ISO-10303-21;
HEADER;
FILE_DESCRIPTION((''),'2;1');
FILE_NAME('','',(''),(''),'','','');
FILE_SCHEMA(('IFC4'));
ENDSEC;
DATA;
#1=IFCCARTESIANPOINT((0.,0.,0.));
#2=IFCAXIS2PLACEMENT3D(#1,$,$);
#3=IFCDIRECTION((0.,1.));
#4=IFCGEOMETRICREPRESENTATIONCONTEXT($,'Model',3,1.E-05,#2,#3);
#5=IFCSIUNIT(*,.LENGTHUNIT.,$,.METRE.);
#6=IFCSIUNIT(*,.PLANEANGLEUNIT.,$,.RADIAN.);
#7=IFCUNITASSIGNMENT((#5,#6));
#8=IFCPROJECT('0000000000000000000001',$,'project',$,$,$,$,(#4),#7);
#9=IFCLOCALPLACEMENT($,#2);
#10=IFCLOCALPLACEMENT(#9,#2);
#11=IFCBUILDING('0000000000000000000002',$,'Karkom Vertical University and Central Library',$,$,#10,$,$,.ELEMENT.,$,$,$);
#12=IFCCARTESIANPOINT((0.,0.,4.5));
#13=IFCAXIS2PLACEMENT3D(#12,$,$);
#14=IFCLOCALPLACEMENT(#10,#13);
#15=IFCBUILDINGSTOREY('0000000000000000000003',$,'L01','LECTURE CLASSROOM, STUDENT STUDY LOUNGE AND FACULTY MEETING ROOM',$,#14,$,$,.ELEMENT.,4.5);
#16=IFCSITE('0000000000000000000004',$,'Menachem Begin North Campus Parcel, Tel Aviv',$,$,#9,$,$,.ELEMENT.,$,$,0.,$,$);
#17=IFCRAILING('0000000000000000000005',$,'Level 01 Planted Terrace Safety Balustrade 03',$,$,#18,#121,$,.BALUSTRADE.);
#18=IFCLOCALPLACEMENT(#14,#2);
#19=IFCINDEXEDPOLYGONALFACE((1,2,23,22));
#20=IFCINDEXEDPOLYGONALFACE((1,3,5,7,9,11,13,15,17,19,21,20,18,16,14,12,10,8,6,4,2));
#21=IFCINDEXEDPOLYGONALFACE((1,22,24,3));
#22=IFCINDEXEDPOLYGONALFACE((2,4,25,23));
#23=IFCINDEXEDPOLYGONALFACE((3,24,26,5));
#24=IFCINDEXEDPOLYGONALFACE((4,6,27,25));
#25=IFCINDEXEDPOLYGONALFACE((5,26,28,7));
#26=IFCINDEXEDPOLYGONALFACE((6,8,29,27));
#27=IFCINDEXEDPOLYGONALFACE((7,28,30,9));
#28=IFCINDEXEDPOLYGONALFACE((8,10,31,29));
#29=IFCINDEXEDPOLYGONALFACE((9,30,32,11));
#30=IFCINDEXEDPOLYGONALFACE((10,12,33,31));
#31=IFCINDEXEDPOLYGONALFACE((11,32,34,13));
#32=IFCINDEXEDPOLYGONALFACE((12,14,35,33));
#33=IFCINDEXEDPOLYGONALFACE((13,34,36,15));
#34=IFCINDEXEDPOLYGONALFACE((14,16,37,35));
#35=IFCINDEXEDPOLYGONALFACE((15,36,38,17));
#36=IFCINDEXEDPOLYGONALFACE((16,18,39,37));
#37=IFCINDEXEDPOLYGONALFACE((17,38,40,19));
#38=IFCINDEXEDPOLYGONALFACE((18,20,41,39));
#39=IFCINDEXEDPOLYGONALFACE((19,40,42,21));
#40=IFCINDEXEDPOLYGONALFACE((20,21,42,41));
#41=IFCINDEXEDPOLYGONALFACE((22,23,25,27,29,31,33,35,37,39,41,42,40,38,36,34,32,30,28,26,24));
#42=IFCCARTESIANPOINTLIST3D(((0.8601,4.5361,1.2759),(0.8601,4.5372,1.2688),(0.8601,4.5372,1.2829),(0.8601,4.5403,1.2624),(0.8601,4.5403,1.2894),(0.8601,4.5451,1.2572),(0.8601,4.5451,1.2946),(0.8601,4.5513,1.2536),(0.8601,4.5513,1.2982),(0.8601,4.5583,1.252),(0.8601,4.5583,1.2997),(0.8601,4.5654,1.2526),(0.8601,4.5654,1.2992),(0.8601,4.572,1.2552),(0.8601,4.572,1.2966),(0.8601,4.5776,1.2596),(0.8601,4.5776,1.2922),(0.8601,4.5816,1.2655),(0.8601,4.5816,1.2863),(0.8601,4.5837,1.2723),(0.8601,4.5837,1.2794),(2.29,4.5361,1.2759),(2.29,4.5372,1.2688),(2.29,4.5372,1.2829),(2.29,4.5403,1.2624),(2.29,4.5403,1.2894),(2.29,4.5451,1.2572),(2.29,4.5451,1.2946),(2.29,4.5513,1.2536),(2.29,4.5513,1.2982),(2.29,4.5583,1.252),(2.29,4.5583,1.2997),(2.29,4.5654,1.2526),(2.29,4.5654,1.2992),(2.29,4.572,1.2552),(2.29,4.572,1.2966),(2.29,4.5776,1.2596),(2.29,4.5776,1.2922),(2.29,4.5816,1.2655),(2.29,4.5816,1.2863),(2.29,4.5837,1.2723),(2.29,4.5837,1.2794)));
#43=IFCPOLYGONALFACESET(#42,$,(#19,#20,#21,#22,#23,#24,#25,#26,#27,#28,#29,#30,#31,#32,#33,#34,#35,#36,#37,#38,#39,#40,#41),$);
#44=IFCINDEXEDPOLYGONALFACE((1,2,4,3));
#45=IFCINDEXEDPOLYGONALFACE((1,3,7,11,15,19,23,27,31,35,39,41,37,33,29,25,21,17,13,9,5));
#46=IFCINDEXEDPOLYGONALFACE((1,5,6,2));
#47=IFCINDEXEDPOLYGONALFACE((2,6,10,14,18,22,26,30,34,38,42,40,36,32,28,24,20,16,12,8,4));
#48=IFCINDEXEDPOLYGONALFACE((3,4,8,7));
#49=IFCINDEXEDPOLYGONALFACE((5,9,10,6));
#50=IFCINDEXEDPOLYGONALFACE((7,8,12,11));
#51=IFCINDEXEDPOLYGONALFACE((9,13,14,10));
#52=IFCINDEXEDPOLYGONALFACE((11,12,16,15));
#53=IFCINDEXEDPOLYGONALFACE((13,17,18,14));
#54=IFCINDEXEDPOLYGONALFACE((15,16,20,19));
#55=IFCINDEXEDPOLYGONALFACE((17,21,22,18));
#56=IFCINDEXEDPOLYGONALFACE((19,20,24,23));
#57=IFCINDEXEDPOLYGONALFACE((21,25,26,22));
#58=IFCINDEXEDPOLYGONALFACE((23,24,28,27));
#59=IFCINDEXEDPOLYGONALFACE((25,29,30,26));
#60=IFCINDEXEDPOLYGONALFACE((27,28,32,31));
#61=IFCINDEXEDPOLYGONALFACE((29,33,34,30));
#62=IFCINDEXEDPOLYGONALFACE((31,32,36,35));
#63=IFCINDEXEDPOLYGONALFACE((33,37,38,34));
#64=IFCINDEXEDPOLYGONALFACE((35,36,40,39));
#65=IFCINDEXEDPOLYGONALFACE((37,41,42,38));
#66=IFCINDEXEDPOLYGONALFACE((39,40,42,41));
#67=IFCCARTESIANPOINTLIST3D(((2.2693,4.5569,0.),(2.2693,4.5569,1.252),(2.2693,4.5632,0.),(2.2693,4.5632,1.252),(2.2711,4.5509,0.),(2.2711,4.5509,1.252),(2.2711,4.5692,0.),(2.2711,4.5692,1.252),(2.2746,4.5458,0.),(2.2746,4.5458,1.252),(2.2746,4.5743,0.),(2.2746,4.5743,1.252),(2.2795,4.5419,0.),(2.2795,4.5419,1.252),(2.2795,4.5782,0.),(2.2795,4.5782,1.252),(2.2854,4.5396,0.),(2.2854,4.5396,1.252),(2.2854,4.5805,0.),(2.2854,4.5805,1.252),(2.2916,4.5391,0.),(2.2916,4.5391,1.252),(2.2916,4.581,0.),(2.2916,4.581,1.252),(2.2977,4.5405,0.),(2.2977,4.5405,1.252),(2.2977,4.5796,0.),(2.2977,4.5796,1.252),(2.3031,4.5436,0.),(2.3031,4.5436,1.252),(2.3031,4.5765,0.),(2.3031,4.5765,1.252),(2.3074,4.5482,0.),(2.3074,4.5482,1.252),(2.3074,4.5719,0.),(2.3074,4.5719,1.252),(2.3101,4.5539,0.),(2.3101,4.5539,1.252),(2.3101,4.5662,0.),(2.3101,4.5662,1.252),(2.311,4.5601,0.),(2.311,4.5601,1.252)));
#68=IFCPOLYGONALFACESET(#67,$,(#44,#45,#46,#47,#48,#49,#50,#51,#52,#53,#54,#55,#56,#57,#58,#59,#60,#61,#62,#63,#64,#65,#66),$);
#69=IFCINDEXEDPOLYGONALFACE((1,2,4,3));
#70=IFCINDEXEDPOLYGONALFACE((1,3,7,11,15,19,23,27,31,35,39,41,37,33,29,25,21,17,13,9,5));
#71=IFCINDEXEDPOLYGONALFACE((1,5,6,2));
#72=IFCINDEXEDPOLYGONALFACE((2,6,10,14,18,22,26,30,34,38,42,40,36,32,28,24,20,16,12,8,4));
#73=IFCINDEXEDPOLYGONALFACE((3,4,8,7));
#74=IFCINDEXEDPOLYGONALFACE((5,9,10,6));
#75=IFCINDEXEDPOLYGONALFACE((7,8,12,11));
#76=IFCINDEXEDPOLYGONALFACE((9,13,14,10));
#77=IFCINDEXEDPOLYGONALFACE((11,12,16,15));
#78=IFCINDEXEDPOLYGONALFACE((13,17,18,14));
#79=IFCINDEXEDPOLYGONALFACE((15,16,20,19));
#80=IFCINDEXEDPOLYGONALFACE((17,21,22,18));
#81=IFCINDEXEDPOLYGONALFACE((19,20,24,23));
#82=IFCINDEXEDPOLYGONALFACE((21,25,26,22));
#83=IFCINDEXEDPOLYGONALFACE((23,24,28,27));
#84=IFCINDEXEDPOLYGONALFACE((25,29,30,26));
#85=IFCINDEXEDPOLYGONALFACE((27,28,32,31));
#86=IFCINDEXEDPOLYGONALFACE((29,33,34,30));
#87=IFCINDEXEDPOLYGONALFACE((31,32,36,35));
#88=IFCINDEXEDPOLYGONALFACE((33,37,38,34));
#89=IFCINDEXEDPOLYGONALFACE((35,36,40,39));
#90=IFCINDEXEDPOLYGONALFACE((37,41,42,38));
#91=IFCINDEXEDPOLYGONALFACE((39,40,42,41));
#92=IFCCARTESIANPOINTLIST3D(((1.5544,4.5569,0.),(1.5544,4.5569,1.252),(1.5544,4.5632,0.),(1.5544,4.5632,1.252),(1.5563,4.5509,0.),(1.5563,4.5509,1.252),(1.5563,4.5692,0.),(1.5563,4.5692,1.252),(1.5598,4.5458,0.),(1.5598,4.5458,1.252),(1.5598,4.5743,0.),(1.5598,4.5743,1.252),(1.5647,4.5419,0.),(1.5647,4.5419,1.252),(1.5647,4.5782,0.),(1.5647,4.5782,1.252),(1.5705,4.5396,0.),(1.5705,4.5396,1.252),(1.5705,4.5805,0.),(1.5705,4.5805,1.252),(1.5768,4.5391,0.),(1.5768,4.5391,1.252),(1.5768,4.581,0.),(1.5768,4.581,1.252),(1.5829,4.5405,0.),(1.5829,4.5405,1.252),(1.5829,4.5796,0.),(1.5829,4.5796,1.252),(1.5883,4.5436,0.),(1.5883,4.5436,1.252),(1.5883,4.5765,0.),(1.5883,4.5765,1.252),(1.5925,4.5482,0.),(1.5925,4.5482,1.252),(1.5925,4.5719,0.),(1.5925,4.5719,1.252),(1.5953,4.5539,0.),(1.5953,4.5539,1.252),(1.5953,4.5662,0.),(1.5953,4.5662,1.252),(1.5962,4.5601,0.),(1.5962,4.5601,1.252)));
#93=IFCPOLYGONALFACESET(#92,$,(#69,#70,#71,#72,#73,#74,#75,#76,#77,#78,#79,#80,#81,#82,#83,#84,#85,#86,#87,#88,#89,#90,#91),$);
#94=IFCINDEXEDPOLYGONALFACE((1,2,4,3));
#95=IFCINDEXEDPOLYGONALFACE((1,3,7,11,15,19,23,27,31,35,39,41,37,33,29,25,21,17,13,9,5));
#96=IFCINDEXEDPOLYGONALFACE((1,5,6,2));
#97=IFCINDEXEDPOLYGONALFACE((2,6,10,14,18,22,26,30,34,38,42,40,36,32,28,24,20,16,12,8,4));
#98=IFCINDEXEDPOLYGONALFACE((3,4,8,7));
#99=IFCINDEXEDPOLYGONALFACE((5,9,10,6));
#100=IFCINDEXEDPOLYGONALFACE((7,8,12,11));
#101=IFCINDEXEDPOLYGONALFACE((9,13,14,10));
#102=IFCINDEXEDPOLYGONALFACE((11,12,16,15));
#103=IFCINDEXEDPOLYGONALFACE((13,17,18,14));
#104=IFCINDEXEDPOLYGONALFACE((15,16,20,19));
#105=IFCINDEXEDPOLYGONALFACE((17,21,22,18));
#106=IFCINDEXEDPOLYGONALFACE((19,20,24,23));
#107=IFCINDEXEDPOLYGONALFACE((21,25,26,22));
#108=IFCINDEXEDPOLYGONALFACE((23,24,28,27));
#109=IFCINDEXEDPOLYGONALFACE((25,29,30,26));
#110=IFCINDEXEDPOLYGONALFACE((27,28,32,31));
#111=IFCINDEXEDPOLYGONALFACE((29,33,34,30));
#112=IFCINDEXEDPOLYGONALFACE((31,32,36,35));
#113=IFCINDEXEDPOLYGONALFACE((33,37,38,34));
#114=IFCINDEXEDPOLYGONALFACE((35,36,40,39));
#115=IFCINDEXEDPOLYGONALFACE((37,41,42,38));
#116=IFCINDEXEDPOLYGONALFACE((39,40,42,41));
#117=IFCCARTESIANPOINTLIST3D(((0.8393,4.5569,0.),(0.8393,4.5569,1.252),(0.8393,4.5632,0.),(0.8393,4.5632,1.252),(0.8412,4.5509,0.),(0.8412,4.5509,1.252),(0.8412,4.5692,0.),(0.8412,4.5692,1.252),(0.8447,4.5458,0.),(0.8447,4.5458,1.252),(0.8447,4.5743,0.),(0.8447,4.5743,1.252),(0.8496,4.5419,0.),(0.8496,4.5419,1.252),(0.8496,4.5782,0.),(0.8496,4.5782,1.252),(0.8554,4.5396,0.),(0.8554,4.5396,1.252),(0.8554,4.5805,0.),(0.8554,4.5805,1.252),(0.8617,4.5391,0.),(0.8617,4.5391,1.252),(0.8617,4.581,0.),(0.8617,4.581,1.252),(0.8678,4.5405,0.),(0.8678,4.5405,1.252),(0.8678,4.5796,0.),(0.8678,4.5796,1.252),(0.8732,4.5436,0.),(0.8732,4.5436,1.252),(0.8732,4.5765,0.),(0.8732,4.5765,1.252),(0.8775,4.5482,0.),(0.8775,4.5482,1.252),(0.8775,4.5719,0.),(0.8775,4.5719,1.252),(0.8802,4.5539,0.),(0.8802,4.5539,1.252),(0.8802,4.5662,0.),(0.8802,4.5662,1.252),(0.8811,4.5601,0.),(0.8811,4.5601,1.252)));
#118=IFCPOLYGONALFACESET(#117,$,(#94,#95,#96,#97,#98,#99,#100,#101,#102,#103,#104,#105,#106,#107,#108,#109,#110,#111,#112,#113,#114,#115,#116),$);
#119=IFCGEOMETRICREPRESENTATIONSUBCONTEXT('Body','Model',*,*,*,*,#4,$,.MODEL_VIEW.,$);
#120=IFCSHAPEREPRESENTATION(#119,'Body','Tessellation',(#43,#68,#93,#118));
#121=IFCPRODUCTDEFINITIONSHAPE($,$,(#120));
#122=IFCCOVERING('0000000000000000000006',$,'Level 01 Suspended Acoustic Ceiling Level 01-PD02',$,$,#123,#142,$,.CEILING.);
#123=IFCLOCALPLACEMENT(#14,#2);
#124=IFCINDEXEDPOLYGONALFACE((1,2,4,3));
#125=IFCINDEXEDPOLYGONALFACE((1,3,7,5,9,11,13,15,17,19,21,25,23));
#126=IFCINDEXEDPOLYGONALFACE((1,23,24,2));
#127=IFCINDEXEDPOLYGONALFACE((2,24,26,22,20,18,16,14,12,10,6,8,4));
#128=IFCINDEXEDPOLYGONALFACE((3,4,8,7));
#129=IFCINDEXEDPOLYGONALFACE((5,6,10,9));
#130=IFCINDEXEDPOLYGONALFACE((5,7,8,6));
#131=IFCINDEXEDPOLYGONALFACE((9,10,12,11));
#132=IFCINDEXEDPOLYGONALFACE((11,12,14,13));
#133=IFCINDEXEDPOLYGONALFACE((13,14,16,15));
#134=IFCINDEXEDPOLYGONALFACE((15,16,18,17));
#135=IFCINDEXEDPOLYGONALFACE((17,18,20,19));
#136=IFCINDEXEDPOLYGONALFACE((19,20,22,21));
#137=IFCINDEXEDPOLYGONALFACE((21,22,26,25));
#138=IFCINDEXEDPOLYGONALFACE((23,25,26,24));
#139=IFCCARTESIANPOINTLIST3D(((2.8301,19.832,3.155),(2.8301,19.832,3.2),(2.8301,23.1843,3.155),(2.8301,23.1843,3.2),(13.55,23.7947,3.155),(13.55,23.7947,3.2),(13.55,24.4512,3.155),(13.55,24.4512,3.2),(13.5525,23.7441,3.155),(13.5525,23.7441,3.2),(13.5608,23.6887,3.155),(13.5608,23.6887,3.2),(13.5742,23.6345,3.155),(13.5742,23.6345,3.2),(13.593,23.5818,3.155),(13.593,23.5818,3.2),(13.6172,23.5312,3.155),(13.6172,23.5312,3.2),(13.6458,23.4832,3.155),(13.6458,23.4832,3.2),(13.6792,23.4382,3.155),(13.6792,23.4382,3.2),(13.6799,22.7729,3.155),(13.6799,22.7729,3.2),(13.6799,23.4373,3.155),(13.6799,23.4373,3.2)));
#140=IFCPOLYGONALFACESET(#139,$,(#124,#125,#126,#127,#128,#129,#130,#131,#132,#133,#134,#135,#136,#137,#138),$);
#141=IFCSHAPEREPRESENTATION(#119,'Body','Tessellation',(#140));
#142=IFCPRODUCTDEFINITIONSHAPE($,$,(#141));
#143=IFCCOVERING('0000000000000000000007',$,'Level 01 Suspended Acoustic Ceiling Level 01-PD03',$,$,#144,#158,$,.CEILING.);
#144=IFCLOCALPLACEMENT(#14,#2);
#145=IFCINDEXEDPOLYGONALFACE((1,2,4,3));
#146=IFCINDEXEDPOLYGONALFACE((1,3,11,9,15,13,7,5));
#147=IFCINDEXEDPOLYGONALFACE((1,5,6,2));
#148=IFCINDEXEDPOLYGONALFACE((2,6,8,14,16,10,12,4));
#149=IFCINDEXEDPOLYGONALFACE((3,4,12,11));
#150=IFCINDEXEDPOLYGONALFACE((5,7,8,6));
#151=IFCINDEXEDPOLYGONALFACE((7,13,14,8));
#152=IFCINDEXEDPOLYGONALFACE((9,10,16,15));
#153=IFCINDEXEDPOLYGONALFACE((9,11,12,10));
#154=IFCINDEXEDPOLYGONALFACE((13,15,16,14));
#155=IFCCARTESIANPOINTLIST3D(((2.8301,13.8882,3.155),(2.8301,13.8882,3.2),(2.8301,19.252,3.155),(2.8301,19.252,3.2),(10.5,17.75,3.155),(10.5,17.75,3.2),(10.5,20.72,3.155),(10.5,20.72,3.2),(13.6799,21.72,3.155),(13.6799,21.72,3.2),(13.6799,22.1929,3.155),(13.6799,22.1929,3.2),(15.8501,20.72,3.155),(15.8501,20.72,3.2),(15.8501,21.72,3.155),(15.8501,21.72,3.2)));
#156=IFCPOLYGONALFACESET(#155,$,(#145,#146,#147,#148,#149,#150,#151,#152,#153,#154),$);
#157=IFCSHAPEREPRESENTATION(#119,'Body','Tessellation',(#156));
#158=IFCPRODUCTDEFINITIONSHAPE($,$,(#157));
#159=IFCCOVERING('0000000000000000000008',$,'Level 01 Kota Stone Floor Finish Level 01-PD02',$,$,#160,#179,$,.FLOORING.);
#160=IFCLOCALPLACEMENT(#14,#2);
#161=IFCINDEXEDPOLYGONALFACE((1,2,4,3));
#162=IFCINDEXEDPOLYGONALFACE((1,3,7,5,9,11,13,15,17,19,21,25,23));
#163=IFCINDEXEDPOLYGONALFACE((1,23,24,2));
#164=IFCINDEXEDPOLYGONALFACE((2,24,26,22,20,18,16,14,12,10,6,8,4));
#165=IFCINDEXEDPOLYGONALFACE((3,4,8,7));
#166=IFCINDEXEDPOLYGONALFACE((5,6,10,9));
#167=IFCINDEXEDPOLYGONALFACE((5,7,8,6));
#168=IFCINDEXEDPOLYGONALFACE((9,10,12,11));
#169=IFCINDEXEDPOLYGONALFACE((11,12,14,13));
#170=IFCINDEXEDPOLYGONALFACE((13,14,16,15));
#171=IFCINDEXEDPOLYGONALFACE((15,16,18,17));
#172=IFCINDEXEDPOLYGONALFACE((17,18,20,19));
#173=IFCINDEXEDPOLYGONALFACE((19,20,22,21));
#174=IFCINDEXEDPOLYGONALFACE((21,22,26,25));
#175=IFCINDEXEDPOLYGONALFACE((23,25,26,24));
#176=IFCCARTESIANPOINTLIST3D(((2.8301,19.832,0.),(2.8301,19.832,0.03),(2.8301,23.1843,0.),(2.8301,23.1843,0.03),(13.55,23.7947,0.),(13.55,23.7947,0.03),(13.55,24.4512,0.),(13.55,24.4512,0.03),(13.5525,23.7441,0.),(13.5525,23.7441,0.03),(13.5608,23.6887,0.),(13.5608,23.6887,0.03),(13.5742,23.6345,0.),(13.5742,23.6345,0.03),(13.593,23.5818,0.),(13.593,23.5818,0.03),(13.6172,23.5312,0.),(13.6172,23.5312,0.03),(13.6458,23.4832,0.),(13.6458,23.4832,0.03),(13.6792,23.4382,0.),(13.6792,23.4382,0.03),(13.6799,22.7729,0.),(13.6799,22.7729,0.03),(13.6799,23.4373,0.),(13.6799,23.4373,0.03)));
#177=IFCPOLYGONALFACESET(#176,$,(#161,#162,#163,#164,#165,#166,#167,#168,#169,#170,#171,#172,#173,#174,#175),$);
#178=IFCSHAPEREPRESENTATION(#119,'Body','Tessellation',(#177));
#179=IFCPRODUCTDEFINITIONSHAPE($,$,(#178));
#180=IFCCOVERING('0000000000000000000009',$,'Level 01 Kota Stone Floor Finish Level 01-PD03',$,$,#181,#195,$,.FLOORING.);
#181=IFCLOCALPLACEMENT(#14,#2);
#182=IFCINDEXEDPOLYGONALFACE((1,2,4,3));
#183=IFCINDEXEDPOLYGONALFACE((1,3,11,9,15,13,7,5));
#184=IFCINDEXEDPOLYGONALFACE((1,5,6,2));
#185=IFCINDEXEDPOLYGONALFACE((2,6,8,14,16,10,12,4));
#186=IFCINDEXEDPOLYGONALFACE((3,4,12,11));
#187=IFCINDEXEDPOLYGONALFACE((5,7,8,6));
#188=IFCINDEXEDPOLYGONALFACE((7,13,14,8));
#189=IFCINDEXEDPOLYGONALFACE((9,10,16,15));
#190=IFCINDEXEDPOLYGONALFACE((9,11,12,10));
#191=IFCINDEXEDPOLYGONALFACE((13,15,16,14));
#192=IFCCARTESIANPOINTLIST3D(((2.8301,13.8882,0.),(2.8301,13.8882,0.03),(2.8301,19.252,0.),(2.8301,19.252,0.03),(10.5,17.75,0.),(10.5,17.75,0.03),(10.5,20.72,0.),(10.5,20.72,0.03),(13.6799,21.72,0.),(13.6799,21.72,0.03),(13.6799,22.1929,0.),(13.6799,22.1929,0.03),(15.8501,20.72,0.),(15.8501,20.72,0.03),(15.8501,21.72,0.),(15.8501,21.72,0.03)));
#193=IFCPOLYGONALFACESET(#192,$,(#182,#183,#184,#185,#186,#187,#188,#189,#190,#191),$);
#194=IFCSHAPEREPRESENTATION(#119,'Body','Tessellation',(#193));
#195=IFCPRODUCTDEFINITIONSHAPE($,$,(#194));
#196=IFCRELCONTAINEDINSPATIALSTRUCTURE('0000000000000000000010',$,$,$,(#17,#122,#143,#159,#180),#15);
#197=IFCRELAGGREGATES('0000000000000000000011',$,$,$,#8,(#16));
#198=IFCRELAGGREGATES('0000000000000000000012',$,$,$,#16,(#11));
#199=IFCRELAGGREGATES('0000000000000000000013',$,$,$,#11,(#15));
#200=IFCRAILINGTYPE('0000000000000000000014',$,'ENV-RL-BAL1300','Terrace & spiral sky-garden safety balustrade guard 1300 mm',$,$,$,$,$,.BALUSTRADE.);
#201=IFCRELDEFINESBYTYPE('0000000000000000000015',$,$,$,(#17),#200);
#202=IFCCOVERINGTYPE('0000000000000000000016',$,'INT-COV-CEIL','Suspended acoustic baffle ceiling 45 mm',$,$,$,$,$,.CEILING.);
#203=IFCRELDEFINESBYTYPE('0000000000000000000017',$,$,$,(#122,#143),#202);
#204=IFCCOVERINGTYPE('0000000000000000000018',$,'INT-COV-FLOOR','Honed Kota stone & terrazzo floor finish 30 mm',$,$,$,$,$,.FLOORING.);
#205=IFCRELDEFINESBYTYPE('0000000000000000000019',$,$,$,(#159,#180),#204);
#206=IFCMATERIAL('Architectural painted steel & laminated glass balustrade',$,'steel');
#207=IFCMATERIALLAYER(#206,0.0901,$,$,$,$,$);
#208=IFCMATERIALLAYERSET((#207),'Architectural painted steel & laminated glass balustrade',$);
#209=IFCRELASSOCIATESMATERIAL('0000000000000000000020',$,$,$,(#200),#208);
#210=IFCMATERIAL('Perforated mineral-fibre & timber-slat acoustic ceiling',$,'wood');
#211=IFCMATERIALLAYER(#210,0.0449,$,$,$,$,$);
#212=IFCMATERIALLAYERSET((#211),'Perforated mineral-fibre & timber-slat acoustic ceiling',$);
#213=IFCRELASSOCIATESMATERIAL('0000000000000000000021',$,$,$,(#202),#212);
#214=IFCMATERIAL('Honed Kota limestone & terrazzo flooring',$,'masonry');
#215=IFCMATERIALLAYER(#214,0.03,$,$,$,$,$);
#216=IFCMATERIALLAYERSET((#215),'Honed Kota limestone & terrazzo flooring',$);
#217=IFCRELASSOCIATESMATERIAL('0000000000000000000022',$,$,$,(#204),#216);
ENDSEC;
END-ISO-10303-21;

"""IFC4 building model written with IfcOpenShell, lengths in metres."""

from ifc_helpers import new_model, si_unit, direction, frame, origin, origin_2d, place, context, subcontext, project, spatial, polyline, circle, outline, extrude, material, layer, layer_set, type_object, element, save


model = new_model("IFC4")

# Units and contexts
model_context = context("Model", 3, precision=1e-05, world=origin(), true_north=direction((0.0, 1.0)))
body_context = subcontext(model_context, "Body", "Model", "MODEL_VIEW")
ifc_project = project(units=[si_unit("LENGTHUNIT", "METRE"), si_unit("PLANEANGLEUNIT", "RADIAN")], contexts=[model_context])

# Site, building, storey
site_placement = place(None, origin())
site = spatial("IfcSite", under=ifc_project, at=site_placement, Name="Menachem Begin North Campus Parcel, Tel Aviv", CompositionType="ELEMENT", RefElevation=0.0)
building_placement = place(site_placement, origin())
building = spatial("IfcBuilding", under=site, at=building_placement, Name="Karkom Vertical University and Central Library", CompositionType="ELEMENT")
storey_placement = place(building_placement, frame((0.0, 0.0, 4.5)))
storey = spatial("IfcBuildingStorey", under=building, at=storey_placement, Name="L01", Description="LECTURE CLASSROOM, STUDENT STUDY LOUNGE AND FACULTY MEETING ROOM", CompositionType="ELEMENT", Elevation=4.5)

# Railing
ifc_material_1 = material(Name="Architectural painted steel & laminated glass balustrade", Category="steel")
ifc_layer_1 = layer(ifc_material_1, 0.0901)
ifc_layer_set_1 = layer_set([ifc_layer_1], Name="Architectural painted steel & laminated glass balustrade")
railing_type = type_object("IfcRailingType", Name="ENV-RL-BAL1300", Description="Terrace & spiral sky-garden safety balustrade guard 1300 mm", PredefinedType="BALUSTRADE", material=ifc_layer_set_1)
railing_1_placement = place(storey_placement, frame((2.29, 4.5601, 0.0)))
element("IfcRailing", 1, at=railing_1_placement, inside=storey, type_object=railing_type, Name="Level 01 Planted Terrace Safety Balustrade 03", PredefinedType="BALUSTRADE", context=body_context, shape_type="SweptSolid", body=[
    extrude(circle(Radius=0.0239, at=origin_2d()), frame((0.0, 0.0, 1.2759), z_axis=(-1.0, 0.0, 0.0), x_axis=(0.0, -1.0, 0.0)), (0.0, 0.0, 1.0), 1.4299),
    extrude(circle(Radius=0.021, at=origin_2d()), origin(), (0.0, 0.0, 1.0), 1.252),
    extrude(circle(Radius=0.021, at=origin_2d()), frame((-0.7148, 0.0, 0.0)), (0.0, 0.0, 1.0), 1.252),
    extrude(circle(Radius=0.021, at=origin_2d()), frame((-1.4299, 0.0, 0.0)), (0.0, 0.0, 1.0), 1.252),
])

# Coverings
ifc_material_2 = material(Name="Perforated mineral-fibre & timber-slat acoustic ceiling", Category="wood")
ifc_layer_2 = layer(ifc_material_2, 0.0449)
ifc_layer_set_2 = layer_set([ifc_layer_2], Name="Perforated mineral-fibre & timber-slat acoustic ceiling")
covering_type_1 = type_object("IfcCoveringType", Name="INT-COV-CEIL", Description="Suspended acoustic baffle ceiling 45 mm", PredefinedType="CEILING", material=ifc_layer_set_2)
covering_1_placement = place(storey_placement, frame((0.0, 0.0, 3.155)))
element("IfcCovering", 2, at=covering_1_placement, inside=storey, type_object=covering_type_1, Name="Level 01 Suspended Acoustic Ceiling Level 01-PD02", PredefinedType="CEILING", context=body_context, shape_type="SweptSolid", body=[
    extrude(outline(polyline([(13.6799, 23.4373), (13.6799, 22.7729), (2.8301, 19.832), (2.8301, 23.1843), (13.55, 24.4512), (13.55, 23.7947), (13.5525, 23.7441), (13.5608, 23.6887), (13.5742, 23.6345), (13.593, 23.5818), (13.6172, 23.5312), (13.6458, 23.4832), (13.6792, 23.4382), (13.6799, 23.4373)])), origin(), (0.0, 0.0, 1.0), 0.0449),
])
covering_2_placement = place(storey_placement, frame((0.0, 0.0, 3.155)))
element("IfcCovering", 3, at=covering_2_placement, inside=storey, type_object=covering_type_1, Name="Level 01 Suspended Acoustic Ceiling Level 01-PD03", PredefinedType="CEILING", context=body_context, shape_type="SweptSolid", body=[
    extrude(outline(polyline([(13.6799, 21.72), (15.8501, 21.72), (15.8501, 20.72), (10.5, 20.72), (10.5, 17.75), (2.8301, 13.8882), (2.8301, 19.252), (13.6799, 22.1929), (13.6799, 21.72)])), origin(), (0.0, 0.0, 1.0), 0.0449),
])
ifc_material_3 = material(Name="Honed Kota limestone & terrazzo flooring", Category="masonry")
ifc_layer_3 = layer(ifc_material_3, 0.03)
ifc_layer_set_3 = layer_set([ifc_layer_3], Name="Honed Kota limestone & terrazzo flooring")
covering_type_2 = type_object("IfcCoveringType", Name="INT-COV-FLOOR", Description="Honed Kota stone & terrazzo floor finish 30 mm", PredefinedType="FLOORING", material=ifc_layer_set_3)
covering_3_placement = place(storey_placement, origin())
element("IfcCovering", 4, at=covering_3_placement, inside=storey, type_object=covering_type_2, Name="Level 01 Kota Stone Floor Finish Level 01-PD02", PredefinedType="FLOORING", context=body_context, shape_type="SweptSolid", body=[
    extrude(outline(polyline([(13.6799, 23.4373), (13.6799, 22.7729), (2.8301, 19.832), (2.8301, 23.1843), (13.55, 24.4512), (13.55, 23.7947), (13.5525, 23.7441), (13.5608, 23.6887), (13.5742, 23.6345), (13.593, 23.5818), (13.6172, 23.5312), (13.6458, 23.4832), (13.6792, 23.4382), (13.6799, 23.4373)])), origin(), (0.0, 0.0, 1.0), 0.03),
])
covering_4_placement = place(storey_placement, origin())
element("IfcCovering", 5, at=covering_4_placement, inside=storey, type_object=covering_type_2, Name="Level 01 Kota Stone Floor Finish Level 01-PD03", PredefinedType="FLOORING", context=body_context, shape_type="SweptSolid", body=[
    extrude(outline(polyline([(13.6799, 21.72), (15.8501, 21.72), (15.8501, 20.72), (10.5, 20.72), (10.5, 17.75), (2.8301, 13.8882), (2.8301, 19.252), (13.6799, 22.1929), (13.6799, 21.72)])), origin(), (0.0, 0.0, 1.0), 0.03),
])

save(model, "model.ifc")
